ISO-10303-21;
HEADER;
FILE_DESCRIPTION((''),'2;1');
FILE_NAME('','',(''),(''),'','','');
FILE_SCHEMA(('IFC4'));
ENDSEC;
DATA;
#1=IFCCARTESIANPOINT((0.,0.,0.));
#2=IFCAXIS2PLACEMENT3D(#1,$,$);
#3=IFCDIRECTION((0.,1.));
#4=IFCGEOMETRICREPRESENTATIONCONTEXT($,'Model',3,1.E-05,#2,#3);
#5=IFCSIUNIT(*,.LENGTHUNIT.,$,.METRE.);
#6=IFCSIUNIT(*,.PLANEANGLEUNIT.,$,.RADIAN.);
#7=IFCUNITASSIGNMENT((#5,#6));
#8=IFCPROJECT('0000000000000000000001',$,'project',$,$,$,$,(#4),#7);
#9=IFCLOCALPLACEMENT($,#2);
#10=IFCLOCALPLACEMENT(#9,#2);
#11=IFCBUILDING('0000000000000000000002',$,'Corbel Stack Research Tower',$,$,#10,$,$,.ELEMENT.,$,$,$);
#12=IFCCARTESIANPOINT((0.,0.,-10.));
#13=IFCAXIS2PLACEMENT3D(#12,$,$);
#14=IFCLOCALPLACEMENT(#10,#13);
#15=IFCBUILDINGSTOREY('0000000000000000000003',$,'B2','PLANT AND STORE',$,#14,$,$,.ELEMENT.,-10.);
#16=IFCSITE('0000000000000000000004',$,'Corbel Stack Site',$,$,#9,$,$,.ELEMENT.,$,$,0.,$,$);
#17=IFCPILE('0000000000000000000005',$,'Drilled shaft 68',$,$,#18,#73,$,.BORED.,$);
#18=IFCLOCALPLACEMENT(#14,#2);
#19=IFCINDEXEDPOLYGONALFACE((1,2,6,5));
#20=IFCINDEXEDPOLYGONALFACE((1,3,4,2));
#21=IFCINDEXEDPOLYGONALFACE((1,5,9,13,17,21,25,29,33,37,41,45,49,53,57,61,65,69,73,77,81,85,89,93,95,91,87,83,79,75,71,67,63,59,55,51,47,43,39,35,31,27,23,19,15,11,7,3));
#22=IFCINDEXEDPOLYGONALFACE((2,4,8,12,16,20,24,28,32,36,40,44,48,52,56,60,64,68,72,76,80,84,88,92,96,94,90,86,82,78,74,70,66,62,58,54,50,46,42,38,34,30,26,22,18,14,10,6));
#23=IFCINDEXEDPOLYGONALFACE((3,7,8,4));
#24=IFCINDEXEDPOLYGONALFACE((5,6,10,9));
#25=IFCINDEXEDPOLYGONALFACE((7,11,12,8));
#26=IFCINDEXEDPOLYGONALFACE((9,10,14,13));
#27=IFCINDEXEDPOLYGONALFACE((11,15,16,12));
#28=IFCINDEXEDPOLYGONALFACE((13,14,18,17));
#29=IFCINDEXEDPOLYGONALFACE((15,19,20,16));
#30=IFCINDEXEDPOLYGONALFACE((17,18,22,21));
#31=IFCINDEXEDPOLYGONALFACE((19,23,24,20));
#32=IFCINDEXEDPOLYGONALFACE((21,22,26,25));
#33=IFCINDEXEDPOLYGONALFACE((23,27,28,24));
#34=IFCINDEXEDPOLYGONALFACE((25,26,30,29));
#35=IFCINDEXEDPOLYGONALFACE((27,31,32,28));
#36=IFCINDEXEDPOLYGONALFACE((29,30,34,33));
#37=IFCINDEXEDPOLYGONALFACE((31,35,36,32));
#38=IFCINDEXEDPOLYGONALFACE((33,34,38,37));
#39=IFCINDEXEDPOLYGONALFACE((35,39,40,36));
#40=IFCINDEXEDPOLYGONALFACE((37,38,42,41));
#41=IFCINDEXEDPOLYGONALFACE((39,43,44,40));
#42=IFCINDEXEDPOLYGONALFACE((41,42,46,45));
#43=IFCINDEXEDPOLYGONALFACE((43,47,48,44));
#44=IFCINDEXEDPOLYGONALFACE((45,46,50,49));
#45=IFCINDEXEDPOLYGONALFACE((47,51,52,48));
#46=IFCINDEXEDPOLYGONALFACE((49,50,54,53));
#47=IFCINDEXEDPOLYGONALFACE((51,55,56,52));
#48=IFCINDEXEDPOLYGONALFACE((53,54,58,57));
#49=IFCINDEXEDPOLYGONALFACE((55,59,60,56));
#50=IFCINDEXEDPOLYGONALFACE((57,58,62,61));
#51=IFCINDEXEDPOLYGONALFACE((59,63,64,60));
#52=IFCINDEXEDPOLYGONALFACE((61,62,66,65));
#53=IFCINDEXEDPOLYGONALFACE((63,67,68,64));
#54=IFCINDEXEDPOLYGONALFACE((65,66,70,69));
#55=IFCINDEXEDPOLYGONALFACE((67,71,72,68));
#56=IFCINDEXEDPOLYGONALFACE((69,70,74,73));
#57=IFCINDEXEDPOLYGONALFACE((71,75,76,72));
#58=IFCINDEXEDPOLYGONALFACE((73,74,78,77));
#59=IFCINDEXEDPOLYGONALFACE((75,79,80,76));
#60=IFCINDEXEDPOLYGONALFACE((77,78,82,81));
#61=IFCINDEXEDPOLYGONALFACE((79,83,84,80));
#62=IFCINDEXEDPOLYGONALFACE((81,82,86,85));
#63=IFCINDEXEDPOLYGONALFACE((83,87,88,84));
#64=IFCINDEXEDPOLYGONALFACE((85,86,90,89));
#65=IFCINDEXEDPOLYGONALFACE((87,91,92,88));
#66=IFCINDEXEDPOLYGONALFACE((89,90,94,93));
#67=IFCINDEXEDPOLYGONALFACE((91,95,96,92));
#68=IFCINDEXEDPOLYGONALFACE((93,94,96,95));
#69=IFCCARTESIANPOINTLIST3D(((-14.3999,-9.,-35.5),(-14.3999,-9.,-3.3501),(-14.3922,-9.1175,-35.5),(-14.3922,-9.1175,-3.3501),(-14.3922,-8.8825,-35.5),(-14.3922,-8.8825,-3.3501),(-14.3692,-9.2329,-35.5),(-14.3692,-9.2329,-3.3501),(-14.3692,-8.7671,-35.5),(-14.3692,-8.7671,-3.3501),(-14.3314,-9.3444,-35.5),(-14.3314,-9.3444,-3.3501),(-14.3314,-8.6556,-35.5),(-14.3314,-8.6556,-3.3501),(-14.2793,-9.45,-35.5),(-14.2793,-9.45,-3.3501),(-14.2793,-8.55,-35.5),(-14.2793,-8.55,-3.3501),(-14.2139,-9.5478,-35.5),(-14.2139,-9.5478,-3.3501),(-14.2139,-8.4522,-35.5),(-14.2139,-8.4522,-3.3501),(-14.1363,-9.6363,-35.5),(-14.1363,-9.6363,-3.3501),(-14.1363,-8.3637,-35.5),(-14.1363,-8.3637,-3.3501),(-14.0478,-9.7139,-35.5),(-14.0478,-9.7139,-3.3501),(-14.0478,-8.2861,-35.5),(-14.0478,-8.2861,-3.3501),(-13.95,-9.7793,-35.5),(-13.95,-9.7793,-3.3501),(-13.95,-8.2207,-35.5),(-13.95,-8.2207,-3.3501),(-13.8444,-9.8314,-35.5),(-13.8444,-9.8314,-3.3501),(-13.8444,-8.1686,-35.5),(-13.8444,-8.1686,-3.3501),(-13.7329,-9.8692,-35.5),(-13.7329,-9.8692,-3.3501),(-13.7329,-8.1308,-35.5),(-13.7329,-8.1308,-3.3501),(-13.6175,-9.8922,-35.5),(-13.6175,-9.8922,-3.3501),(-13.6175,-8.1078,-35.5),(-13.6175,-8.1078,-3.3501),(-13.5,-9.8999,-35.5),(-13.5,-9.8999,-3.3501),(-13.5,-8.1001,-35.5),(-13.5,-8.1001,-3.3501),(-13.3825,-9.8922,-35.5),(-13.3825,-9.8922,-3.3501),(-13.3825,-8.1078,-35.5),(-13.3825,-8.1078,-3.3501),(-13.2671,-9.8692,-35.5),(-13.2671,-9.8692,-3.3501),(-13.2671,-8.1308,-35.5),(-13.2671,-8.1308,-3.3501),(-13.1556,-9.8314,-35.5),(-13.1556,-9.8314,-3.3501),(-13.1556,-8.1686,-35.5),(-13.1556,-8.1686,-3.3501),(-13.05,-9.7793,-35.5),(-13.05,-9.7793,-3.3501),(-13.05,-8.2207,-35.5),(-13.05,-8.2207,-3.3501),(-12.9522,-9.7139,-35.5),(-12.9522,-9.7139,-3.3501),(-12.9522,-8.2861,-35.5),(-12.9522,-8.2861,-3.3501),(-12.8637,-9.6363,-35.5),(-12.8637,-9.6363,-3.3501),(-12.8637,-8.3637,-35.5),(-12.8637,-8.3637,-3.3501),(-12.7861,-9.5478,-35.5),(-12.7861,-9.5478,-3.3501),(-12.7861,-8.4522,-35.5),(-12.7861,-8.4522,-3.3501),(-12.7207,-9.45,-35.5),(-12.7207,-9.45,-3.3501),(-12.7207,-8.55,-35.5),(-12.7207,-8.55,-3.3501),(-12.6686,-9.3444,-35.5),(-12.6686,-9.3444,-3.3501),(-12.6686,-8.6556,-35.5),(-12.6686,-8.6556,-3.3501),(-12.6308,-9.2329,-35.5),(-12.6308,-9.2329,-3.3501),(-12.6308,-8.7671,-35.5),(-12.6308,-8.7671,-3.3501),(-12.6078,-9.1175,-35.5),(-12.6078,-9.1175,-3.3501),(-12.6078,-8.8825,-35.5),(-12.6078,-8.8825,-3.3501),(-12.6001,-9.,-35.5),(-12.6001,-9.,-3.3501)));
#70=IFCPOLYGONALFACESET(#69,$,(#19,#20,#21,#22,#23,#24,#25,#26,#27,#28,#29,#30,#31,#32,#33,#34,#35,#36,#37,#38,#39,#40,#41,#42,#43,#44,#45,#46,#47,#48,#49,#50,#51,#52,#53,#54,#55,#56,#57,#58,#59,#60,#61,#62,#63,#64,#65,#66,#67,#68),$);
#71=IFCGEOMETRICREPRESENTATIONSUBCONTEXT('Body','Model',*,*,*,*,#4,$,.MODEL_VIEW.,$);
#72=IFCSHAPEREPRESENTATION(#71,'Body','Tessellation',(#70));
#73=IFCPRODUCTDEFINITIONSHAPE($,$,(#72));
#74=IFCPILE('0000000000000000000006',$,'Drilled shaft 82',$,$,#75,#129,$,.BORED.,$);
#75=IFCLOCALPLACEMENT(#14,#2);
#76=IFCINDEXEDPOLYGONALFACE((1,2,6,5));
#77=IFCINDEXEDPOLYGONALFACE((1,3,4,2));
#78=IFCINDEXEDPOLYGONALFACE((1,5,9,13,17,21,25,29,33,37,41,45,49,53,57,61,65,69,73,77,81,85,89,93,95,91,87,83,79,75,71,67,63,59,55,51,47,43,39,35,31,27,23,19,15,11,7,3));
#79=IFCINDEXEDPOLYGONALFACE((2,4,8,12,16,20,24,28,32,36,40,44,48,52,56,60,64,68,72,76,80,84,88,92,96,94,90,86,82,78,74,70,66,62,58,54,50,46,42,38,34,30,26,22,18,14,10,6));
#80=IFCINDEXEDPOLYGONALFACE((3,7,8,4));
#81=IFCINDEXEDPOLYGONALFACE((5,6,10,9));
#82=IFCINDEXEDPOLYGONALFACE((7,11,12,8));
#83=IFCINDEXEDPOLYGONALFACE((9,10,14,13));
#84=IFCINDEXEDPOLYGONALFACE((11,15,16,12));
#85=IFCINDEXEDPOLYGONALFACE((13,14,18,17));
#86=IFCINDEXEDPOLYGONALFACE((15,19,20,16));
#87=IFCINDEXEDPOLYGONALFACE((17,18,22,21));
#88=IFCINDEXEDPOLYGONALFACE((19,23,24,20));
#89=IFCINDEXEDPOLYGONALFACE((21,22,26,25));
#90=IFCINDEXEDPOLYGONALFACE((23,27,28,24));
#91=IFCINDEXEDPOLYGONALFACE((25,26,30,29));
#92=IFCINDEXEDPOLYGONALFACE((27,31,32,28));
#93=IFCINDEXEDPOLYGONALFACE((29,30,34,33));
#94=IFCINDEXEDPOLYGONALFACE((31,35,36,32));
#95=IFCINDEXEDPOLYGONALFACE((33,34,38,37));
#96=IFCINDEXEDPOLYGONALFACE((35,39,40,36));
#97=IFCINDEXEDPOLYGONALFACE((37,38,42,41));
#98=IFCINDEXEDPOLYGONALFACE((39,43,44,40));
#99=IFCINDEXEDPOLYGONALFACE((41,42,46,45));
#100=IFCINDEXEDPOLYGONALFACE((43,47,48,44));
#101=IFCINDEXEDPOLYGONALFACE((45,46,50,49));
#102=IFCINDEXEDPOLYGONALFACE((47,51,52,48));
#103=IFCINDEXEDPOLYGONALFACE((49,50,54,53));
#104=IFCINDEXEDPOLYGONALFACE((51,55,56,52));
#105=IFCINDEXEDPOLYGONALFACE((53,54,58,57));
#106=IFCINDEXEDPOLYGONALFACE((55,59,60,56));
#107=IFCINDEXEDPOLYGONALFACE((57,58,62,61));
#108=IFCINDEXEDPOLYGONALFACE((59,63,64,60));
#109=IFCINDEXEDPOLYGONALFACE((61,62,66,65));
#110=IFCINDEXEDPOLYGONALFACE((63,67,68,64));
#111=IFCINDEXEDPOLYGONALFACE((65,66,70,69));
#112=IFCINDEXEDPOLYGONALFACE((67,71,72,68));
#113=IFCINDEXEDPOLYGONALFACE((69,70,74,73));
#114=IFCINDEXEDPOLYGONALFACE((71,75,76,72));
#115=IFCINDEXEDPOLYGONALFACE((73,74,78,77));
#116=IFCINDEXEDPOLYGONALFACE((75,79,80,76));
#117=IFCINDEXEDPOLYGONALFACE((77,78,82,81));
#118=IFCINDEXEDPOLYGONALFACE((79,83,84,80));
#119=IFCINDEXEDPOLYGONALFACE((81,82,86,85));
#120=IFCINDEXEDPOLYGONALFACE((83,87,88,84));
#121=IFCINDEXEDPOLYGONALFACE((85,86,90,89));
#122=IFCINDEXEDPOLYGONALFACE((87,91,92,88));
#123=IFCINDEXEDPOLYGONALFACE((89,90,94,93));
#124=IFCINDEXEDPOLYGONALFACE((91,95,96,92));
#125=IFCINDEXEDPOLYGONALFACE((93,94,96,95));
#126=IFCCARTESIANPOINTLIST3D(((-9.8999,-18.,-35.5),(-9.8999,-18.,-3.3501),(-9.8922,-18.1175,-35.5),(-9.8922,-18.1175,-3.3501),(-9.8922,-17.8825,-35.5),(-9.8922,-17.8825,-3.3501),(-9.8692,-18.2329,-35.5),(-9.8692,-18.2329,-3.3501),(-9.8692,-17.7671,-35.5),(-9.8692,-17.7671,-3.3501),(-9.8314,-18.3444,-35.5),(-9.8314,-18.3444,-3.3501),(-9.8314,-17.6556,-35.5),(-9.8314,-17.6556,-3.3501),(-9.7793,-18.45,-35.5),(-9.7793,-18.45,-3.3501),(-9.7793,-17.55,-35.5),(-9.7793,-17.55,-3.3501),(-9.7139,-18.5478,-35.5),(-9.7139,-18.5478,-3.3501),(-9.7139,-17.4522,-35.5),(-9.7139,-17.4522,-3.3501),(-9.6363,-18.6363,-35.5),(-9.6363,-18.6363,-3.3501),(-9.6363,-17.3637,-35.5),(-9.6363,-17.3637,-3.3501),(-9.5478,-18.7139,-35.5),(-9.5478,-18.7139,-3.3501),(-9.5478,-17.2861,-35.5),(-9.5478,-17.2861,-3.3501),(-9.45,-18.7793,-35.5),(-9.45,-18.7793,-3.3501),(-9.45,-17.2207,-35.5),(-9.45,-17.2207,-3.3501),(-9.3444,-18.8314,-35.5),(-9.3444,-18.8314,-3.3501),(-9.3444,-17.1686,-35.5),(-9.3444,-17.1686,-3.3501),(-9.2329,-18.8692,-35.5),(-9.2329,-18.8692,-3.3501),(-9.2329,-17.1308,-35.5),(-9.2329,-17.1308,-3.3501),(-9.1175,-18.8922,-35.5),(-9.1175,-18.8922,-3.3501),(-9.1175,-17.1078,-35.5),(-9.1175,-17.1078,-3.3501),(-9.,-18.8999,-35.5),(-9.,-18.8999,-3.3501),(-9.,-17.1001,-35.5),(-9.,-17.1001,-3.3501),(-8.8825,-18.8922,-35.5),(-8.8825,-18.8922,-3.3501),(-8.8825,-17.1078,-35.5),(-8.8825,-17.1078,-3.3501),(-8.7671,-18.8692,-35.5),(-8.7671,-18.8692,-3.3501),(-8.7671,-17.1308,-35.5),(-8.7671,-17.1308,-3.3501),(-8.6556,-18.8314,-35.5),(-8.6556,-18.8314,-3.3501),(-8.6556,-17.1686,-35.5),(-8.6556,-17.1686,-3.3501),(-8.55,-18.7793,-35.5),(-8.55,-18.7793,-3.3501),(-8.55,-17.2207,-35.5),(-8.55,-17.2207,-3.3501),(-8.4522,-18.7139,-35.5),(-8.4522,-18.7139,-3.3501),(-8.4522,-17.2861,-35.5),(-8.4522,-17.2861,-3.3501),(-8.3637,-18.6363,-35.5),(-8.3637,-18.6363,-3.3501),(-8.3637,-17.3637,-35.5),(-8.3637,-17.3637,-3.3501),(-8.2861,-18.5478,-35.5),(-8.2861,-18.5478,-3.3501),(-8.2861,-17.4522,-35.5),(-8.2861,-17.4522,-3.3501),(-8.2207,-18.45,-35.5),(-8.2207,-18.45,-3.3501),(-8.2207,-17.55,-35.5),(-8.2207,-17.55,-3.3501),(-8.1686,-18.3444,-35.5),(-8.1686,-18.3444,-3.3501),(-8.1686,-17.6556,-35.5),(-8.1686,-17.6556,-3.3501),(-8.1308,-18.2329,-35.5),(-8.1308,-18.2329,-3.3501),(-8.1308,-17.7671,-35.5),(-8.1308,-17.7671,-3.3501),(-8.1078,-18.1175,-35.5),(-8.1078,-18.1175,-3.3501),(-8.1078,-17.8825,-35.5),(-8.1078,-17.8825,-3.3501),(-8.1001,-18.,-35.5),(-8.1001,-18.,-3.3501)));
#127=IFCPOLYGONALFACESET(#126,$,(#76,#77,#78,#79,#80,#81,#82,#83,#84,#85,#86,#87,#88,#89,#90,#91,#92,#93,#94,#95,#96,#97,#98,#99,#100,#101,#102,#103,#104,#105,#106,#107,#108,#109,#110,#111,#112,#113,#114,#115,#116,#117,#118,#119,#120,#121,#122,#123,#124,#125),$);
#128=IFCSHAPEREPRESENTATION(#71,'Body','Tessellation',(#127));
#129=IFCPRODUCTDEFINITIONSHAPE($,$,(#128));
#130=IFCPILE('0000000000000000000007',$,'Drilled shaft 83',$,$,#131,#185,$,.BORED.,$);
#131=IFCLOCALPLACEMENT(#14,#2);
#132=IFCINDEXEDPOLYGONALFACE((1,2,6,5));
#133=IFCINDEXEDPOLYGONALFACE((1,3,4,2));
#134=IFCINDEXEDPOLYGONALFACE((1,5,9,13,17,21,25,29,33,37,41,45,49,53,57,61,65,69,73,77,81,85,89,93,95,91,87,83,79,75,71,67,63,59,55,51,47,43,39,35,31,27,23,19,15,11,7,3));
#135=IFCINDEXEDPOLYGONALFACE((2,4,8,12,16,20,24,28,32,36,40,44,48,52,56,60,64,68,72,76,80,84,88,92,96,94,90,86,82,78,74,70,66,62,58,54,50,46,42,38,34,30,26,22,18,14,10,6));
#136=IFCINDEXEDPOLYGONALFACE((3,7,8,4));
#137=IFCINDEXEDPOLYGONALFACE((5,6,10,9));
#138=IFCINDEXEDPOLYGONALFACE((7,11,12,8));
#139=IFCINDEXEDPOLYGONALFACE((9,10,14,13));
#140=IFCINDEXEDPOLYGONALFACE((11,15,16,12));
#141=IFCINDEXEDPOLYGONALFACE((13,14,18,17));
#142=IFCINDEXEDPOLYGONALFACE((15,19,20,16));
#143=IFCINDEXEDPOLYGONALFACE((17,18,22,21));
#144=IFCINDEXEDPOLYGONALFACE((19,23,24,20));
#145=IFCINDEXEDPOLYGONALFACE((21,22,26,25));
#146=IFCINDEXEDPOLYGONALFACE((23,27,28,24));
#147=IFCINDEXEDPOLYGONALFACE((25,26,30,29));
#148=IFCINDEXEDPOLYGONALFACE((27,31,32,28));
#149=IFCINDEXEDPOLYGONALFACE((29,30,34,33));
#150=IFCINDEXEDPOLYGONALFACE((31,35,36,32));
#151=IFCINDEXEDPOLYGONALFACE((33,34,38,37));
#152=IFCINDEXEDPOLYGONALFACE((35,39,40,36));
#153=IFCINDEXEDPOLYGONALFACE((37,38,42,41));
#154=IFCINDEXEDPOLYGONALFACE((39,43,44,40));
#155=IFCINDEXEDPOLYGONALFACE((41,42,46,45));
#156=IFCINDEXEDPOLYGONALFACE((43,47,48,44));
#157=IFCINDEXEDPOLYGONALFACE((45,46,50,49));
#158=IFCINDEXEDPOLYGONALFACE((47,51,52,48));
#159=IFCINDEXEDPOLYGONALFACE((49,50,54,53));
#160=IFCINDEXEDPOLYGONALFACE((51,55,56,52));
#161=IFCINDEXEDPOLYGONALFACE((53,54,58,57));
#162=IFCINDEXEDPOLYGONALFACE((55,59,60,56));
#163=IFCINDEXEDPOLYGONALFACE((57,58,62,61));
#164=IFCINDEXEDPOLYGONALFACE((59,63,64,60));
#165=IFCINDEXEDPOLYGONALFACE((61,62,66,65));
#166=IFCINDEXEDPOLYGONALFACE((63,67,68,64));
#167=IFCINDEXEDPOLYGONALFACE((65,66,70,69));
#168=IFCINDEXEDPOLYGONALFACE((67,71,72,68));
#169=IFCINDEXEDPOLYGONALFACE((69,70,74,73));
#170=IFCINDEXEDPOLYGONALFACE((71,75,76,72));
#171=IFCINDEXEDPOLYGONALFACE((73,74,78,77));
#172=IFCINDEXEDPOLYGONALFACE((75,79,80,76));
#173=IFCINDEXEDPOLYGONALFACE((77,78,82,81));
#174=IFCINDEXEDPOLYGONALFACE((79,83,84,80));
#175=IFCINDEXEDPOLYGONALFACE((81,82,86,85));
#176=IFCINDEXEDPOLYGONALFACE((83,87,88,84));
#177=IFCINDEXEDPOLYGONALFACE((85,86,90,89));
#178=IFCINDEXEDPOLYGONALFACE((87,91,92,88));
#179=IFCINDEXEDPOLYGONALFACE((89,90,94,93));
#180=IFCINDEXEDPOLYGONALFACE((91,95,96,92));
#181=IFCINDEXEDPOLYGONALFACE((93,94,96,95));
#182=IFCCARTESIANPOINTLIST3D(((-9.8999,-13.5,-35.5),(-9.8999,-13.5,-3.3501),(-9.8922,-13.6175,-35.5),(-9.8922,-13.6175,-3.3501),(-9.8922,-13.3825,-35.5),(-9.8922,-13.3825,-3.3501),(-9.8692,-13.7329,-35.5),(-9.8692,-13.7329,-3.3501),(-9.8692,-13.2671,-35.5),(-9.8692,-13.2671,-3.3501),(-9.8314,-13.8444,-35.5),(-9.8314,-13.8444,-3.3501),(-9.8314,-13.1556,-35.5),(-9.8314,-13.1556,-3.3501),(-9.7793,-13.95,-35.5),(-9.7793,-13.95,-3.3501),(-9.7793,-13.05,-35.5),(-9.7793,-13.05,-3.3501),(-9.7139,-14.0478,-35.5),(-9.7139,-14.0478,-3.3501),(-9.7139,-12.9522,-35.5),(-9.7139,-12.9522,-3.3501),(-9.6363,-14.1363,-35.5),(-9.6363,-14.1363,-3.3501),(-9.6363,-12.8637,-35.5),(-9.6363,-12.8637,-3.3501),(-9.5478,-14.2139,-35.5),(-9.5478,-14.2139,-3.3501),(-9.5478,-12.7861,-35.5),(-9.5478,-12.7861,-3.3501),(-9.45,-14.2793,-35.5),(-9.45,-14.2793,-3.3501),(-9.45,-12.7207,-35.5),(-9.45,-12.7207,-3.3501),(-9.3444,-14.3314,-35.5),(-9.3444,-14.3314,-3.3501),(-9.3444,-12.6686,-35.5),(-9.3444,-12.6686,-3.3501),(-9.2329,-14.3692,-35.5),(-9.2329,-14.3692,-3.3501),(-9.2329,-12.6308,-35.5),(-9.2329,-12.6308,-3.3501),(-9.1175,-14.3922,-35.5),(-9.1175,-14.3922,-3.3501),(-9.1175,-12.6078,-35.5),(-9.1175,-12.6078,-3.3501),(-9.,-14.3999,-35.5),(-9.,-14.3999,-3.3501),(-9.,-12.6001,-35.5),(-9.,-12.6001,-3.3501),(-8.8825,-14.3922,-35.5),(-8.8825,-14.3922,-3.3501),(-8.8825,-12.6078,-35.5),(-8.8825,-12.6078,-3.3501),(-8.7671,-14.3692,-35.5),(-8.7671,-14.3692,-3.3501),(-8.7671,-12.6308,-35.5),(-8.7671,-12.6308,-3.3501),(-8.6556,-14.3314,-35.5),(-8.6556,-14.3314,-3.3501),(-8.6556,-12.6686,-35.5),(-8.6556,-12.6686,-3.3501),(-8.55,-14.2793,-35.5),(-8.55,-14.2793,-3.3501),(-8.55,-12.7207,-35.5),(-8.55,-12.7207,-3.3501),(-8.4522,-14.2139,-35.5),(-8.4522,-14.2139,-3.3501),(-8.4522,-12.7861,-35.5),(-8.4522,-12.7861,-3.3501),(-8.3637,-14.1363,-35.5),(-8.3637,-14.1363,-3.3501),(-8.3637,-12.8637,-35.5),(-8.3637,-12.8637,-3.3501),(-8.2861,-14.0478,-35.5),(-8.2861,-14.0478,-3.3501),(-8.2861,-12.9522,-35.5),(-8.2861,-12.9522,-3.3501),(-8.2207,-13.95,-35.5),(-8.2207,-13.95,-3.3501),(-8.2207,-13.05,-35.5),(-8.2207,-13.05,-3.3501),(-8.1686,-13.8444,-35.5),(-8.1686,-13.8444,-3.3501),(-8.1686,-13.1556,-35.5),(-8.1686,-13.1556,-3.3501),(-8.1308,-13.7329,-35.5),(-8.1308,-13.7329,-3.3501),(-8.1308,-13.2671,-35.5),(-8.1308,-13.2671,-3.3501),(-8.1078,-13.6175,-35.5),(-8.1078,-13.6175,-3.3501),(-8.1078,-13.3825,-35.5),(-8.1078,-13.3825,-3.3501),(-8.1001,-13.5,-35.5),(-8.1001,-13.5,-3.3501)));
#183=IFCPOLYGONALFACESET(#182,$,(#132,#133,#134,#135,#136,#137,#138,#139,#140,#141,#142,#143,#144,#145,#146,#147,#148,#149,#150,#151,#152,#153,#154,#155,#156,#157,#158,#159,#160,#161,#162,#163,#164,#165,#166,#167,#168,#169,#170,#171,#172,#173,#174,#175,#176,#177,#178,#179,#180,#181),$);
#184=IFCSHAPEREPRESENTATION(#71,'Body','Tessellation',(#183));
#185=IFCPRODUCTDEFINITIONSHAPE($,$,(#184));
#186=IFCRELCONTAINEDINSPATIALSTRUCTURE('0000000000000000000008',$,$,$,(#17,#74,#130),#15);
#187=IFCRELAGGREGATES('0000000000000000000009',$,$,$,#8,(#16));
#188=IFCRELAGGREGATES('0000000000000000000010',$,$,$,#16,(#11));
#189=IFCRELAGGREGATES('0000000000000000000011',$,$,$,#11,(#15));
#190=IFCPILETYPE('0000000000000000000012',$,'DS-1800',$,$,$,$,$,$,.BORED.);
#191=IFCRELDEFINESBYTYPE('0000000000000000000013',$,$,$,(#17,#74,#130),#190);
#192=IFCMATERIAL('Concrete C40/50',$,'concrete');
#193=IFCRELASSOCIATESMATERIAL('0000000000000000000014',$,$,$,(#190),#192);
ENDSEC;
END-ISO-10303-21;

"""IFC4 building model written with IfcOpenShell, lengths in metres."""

from ifc_helpers import new_model, si_unit, direction, frame, origin, origin_2d, place, context, subcontext, project, spatial, circle, extrude, material, material_profile, profile_set, type_object, element, save


model = new_model("IFC4")

# Units and contexts
model_context = context("Model", 3, precision=1e-05, world=origin(), true_north=direction((0.0, 1.0)))
body_context = subcontext(model_context, "Body", "Model", "MODEL_VIEW")
ifc_project = project(units=[si_unit("LENGTHUNIT", "METRE"), si_unit("PLANEANGLEUNIT", "RADIAN")], contexts=[model_context])

# Site, building, storey
site_placement = place(None, origin())
site = spatial("IfcSite", under=ifc_project, at=site_placement, Name="Corbel Stack Site", CompositionType="ELEMENT", RefElevation=0.0)
building_placement = place(site_placement, origin())
building = spatial("IfcBuilding", under=site, at=building_placement, Name="Corbel Stack Research Tower", CompositionType="ELEMENT")
storey_placement = place(building_placement, frame((0.0, 0.0, -10.0)))
storey = spatial("IfcBuildingStorey", under=building, at=storey_placement, Name="B2", Description="PLANT AND STORE", CompositionType="ELEMENT", Elevation=-10.0)

# Piles
ifc_material_1 = material(Name="Concrete C40/50", Category="concrete")
ifc_material_profile_1 = material_profile(ifc_material_1, circle(Radius=0.8999, at=origin_2d()), Name="Shaft 1800")
ifc_profile_set_1 = profile_set([ifc_material_profile_1], Name="Concrete C40/50")
pile_type = type_object("IfcPileType", Name="DS-1800", PredefinedType="BORED", material=ifc_profile_set_1)
for number, where, z_axis, x_axis, name in (
    (1, (-13.5, -9.0, -3.3501), (0.0, 0.0, -1.0), (1.0, 0.0, 0.0), "Drilled shaft 68"),
    (2, (-9.0, -18.0, -3.3501), (0.0, 0.0, -1.0), (1.0, 0.0, 0.0), "Drilled shaft 82"),
    (3, (-9.0, -13.5, -3.3501), (0.0, 0.0, -1.0), (1.0, 0.0, 0.0), "Drilled shaft 83"),
):
    element("IfcPile", number, at=place(storey_placement, frame(where, z_axis=z_axis, x_axis=x_axis)), inside=storey, type_object=pile_type, Name=name, PredefinedType="BORED", context=body_context, shape_type="SweptSolid", body=[
        extrude(circle(Radius=0.8999, at=origin_2d()), origin(), (0.0, 0.0, 1.0), 32.1499),
    ])

save(model, "model.ifc")
